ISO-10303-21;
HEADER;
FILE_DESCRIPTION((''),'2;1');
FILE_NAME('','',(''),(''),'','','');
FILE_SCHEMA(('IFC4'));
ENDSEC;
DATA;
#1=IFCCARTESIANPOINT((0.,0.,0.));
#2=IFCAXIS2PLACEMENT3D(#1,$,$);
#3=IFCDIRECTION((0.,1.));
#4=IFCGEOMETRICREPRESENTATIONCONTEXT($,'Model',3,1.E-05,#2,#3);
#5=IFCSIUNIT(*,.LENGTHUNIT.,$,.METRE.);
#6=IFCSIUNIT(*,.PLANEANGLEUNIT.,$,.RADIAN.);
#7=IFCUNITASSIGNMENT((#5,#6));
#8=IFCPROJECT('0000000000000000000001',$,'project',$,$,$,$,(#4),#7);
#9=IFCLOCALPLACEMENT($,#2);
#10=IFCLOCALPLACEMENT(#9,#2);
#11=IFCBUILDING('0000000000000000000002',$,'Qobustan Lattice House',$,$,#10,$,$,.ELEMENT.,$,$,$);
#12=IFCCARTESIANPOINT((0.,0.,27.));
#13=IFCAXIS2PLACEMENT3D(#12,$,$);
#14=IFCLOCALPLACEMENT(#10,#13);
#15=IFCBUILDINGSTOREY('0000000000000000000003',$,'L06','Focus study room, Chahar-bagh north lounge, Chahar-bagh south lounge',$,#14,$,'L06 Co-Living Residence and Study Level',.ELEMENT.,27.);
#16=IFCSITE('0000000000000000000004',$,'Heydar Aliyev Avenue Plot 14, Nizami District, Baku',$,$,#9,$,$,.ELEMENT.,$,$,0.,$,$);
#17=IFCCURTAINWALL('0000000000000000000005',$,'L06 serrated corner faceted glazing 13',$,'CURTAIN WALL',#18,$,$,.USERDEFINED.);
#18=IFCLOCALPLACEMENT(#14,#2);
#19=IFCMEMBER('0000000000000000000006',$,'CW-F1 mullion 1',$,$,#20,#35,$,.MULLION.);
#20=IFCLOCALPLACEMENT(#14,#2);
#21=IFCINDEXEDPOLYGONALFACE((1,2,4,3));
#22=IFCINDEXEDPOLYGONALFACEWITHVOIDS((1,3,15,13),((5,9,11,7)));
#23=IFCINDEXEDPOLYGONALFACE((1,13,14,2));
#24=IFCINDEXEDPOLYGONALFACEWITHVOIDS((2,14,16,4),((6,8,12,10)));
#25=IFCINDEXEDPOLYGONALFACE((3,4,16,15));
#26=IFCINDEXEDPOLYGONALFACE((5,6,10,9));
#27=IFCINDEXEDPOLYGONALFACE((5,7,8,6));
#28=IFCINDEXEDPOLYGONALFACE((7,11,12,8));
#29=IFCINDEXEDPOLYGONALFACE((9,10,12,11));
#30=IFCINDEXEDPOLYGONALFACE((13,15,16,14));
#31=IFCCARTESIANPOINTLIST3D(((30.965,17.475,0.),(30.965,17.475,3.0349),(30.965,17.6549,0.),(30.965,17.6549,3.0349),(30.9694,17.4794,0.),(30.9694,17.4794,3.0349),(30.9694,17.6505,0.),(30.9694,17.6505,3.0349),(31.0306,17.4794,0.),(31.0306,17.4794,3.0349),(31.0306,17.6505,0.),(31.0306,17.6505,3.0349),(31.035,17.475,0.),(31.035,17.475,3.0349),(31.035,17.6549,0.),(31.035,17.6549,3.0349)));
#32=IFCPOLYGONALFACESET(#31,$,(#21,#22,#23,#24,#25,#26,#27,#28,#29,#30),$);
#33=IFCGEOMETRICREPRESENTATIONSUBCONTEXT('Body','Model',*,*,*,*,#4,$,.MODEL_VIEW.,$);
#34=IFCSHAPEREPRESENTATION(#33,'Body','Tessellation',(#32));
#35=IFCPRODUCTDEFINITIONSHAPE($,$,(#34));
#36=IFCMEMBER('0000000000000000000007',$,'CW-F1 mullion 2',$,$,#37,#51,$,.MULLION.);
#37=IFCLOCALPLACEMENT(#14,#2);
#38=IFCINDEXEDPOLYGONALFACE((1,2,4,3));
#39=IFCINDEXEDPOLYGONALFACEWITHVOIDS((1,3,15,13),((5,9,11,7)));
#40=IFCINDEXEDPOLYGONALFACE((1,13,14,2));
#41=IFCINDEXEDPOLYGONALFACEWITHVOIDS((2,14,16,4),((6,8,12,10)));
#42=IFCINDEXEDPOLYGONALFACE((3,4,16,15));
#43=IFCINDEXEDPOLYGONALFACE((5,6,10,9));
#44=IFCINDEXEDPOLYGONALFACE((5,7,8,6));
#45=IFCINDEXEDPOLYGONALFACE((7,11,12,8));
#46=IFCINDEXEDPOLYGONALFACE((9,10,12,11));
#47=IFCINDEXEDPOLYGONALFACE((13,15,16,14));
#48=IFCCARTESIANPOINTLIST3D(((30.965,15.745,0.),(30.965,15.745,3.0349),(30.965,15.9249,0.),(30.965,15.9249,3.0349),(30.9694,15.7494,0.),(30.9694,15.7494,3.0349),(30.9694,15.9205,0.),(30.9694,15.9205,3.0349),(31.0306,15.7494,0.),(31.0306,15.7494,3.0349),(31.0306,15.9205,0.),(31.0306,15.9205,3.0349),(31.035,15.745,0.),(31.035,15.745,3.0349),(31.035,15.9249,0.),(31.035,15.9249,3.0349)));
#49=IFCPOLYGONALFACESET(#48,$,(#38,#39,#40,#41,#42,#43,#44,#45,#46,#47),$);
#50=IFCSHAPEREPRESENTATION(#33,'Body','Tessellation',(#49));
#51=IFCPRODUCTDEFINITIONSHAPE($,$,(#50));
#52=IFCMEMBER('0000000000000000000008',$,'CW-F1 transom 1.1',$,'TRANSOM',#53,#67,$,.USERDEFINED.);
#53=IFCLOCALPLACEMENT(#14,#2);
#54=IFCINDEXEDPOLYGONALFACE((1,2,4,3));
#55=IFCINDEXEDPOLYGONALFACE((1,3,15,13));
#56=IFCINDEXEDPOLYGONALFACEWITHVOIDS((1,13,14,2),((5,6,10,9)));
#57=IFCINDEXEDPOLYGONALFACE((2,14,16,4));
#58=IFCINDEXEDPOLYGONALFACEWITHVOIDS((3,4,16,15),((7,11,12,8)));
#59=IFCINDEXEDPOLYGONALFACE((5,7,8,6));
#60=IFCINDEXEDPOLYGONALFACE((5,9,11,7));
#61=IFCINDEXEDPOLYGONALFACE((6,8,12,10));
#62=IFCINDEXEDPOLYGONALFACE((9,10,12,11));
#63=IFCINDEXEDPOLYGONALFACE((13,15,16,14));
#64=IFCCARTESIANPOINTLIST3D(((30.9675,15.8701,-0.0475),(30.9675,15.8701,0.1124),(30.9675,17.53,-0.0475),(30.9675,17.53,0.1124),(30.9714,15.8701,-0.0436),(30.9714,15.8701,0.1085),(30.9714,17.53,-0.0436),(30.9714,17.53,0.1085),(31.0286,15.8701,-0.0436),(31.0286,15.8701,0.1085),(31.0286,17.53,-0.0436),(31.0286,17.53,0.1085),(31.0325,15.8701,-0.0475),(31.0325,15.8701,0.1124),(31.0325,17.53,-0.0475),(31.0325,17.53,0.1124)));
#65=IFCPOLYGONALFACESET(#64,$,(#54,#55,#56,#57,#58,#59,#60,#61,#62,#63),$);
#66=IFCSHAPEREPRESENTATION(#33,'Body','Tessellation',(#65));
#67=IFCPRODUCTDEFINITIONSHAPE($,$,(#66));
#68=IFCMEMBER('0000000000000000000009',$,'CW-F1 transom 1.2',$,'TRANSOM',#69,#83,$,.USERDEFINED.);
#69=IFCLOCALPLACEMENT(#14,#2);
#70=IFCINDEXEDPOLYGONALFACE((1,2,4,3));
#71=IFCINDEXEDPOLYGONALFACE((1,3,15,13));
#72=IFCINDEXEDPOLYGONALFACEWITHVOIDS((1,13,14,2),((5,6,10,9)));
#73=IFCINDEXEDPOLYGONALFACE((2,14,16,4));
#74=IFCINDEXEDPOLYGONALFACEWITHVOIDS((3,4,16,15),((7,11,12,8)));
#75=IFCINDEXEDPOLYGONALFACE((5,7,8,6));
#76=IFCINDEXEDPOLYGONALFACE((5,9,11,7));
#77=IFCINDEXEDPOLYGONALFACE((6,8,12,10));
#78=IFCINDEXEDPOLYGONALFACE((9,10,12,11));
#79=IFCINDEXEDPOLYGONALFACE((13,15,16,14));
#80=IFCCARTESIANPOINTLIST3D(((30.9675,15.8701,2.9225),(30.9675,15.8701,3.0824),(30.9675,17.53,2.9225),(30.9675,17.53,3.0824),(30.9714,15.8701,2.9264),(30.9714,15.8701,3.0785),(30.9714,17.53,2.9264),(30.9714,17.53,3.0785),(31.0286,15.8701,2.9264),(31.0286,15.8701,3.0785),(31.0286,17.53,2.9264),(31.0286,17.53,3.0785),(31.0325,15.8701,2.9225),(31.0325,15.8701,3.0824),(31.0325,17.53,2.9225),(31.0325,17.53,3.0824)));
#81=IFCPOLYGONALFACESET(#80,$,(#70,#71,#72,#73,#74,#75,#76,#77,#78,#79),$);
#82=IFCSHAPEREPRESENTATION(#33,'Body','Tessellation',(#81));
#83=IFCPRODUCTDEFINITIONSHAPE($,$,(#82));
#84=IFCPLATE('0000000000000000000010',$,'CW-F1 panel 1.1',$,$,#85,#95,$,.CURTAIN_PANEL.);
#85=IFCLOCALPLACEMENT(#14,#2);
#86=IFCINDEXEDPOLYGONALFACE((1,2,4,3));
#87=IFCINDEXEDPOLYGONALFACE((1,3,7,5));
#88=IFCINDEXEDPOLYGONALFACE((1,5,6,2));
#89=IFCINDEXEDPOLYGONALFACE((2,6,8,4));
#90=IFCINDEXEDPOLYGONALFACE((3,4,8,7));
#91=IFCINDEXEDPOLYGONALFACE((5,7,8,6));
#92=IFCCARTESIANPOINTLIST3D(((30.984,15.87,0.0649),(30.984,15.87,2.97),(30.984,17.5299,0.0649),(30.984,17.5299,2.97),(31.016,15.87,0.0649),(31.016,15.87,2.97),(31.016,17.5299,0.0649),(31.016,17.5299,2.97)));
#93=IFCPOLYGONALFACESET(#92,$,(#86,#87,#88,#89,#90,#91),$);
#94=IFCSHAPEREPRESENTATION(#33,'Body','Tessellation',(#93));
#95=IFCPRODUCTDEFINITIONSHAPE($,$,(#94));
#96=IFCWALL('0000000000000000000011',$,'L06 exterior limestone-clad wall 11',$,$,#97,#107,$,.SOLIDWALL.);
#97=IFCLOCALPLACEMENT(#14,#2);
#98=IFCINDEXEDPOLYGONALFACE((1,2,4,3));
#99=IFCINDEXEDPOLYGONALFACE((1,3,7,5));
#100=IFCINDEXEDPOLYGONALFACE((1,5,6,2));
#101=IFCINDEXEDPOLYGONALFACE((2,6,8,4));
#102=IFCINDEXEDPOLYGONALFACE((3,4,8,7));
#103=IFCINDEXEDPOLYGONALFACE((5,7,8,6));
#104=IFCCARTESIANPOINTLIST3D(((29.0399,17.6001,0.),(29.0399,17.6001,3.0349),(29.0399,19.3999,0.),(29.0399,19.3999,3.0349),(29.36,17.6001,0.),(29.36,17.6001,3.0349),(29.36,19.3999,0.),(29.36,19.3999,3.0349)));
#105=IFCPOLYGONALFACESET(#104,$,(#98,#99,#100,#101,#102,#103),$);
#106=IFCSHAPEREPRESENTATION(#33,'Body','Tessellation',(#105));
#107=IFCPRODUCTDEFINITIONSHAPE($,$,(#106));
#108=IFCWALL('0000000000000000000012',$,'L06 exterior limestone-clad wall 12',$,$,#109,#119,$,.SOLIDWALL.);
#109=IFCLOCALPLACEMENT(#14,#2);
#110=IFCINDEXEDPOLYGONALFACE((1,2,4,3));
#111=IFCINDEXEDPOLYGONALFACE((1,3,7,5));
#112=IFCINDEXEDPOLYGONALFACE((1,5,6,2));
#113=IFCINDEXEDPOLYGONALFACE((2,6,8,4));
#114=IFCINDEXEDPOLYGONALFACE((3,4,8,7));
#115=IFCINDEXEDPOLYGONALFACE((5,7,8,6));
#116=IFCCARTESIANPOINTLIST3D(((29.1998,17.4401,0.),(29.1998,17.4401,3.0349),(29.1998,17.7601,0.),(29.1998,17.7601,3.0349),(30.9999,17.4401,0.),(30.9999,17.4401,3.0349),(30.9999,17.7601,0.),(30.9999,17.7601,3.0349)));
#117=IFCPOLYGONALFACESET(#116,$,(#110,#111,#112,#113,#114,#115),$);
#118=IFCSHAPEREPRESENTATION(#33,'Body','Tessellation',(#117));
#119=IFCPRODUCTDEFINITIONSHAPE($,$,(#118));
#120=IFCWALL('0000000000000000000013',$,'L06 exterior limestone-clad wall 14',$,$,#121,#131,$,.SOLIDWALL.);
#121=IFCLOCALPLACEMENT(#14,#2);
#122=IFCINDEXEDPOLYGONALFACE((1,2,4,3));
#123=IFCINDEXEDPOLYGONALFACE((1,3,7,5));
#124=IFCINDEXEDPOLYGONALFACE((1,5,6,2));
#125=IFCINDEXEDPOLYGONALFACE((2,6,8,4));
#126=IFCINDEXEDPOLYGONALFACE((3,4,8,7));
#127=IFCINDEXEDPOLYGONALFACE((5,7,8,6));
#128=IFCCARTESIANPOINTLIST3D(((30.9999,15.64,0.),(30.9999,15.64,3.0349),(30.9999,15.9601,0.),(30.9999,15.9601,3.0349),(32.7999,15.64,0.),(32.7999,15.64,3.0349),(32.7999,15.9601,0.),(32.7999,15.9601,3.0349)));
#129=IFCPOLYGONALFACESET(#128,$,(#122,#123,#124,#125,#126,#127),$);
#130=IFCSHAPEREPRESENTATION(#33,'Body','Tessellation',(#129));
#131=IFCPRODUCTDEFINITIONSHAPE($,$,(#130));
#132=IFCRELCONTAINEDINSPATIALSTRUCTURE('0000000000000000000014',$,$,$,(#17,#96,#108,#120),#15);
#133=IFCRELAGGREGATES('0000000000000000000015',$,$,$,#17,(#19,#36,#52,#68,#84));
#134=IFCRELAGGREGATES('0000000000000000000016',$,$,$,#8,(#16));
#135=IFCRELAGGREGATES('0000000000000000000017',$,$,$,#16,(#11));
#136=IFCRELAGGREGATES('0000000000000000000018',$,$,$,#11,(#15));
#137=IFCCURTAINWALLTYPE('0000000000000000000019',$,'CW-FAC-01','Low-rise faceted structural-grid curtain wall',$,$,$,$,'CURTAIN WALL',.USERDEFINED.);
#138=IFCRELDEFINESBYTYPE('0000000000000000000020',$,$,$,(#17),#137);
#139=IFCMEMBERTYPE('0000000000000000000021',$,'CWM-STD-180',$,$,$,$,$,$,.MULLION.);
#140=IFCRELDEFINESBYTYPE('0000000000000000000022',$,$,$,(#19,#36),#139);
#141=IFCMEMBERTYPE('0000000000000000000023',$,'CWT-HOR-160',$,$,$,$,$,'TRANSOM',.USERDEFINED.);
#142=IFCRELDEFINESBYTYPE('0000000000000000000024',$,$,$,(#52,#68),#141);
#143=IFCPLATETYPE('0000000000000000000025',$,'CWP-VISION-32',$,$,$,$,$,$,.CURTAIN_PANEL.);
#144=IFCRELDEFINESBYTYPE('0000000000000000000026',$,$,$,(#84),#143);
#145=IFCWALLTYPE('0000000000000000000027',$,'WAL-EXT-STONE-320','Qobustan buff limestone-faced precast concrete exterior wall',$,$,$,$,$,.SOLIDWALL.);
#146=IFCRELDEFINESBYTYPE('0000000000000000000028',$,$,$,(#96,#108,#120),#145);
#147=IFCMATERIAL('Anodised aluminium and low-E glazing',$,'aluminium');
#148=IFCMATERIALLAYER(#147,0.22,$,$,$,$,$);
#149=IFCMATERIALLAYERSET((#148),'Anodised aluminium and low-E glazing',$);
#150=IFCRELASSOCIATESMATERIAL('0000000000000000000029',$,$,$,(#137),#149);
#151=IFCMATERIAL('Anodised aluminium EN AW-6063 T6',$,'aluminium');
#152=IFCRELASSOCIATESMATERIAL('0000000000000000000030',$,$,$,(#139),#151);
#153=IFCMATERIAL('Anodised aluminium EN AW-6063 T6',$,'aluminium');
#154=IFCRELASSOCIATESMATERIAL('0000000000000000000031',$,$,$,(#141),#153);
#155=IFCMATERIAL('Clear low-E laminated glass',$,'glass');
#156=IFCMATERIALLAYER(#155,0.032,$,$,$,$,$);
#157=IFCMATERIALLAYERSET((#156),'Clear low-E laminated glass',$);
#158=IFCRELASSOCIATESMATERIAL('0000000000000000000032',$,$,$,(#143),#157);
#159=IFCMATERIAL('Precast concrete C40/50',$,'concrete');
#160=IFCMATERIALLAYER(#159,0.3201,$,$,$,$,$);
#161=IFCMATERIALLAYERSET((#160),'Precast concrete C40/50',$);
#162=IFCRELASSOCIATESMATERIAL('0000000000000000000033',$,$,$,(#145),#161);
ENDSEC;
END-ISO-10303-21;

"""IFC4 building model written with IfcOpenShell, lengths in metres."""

from ifc_helpers import new_model, si_unit, direction, frame, frame_2d, origin, origin_2d, place, context, subcontext, project, spatial, rectangle, hollow_rectangle, extrude, material, layer, layer_set, material_profile, profile_set, type_object, element, aggregate, save


model = new_model("IFC4")

# Units and contexts
model_context = context("Model", 3, precision=1e-05, world=origin(), true_north=direction((0.0, 1.0)))
body_context = subcontext(model_context, "Body", "Model", "MODEL_VIEW")
ifc_project = project(units=[si_unit("LENGTHUNIT", "METRE"), si_unit("PLANEANGLEUNIT", "RADIAN")], contexts=[model_context])

# Site, building, storey
site_placement = place(None, origin())
site = spatial("IfcSite", under=ifc_project, at=site_placement, Name="Heydar Aliyev Avenue Plot 14, Nizami District, Baku", CompositionType="ELEMENT", RefElevation=0.0)
building_placement = place(site_placement, origin())
building = spatial("IfcBuilding", under=site, at=building_placement, Name="Qobustan Lattice House", CompositionType="ELEMENT")
storey_placement = place(building_placement, frame((0.0, 0.0, 27.0)))
storey = spatial("IfcBuildingStorey", under=building, at=storey_placement, Name="L06", Description="Focus study room, Chahar-bagh north lounge, Chahar-bagh south lounge", LongName="L06 Co-Living Residence and Study Level", CompositionType="ELEMENT", Elevation=27.0)

# Curtain wall, members, plate
ifc_material_1 = material(Name="Anodised aluminium and low-E glazing", Category="aluminium")
ifc_layer_1 = layer(ifc_material_1, 0.22)
ifc_layer_set_1 = layer_set([ifc_layer_1], Name="Anodised aluminium and low-E glazing")
curtain_wall_type = type_object("IfcCurtainWallType", Name="CW-FAC-01", Description="Low-rise faceted structural-grid curtain wall", ElementType="CURTAIN WALL", PredefinedType="USERDEFINED", material=ifc_layer_set_1)
curtain_wall_placement = place(storey_placement, origin())
curtain_wall = element("IfcCurtainWall", 1, at=curtain_wall_placement, inside=storey, type_object=curtain_wall_type, Name="L06 serrated corner faceted glazing 13", ObjectType="CURTAIN WALL", PredefinedType="USERDEFINED")
ifc_material_2 = material(Name="Anodised aluminium EN AW-6063 T6", Category="aluminium")
ifc_material_profile_1 = material_profile(ifc_material_2, hollow_rectangle(XDim=0.0701, YDim=0.1799, WallThickness=0.0044, at=origin_2d()), Name="CWM-180x70")
ifc_profile_set_1 = profile_set([ifc_material_profile_1], Name="Anodised aluminium EN AW-6063 T6")
member_type_1 = type_object("IfcMemberType", Name="CWM-STD-180", PredefinedType="MULLION", material=ifc_profile_set_1)
member_1_placement = place(storey_placement, frame((31.0, 17.5649, 0.0), z_axis=(0.0, 0.0, 1.0), x_axis=(1.0, 0.0, 0.0)))
member_1 = element("IfcMember", 2, at=member_1_placement, type_object=member_type_1, Name="CW-F1 mullion 1", PredefinedType="MULLION", context=body_context, shape_type="SweptSolid", body=[
    extrude(hollow_rectangle(XDim=0.0701, YDim=0.1799, WallThickness=0.0044, at=origin_2d()), origin(), (0.0, 0.0, 1.0), 3.0349),
])
member_2_placement = place(storey_placement, frame((31.0, 15.835, 0.0), z_axis=(0.0, 0.0, 1.0), x_axis=(1.0, 0.0, 0.0)))
member_2 = element("IfcMember", 3, at=member_2_placement, type_object=member_type_1, Name="CW-F1 mullion 2", PredefinedType="MULLION", context=body_context, shape_type="SweptSolid", body=[
    extrude(hollow_rectangle(XDim=0.0701, YDim=0.1799, WallThickness=0.0044, at=origin_2d()), origin(), (0.0, 0.0, 1.0), 3.0349),
])
ifc_material_3 = material(Name="Anodised aluminium EN AW-6063 T6", Category="aluminium")
ifc_material_profile_2 = material_profile(ifc_material_3, hollow_rectangle(XDim=0.0649, YDim=0.1599, WallThickness=0.0039, at=origin_2d()), Name="CWT-160x65")
ifc_profile_set_2 = profile_set([ifc_material_profile_2], Name="Anodised aluminium EN AW-6063 T6")
member_type_2 = type_object("IfcMemberType", Name="CWT-HOR-160", ElementType="TRANSOM", PredefinedType="USERDEFINED", material=ifc_profile_set_2)
member_3_placement = place(storey_placement, frame((31.0, 17.53, 0.0325), z_axis=(0.0, -1.0, 0.0), x_axis=(1.0, 0.0, 0.0)))
member_3 = element("IfcMember", 4, at=member_3_placement, type_object=member_type_2, Name="CW-F1 transom 1.1", ObjectType="TRANSOM", PredefinedType="USERDEFINED", context=body_context, shape_type="SweptSolid", body=[
    extrude(hollow_rectangle(XDim=0.0649, YDim=0.1599, WallThickness=0.0039, at=origin_2d()), origin(), (0.0, 0.0, 1.0), 1.6599),
])
member_4_placement = place(storey_placement, frame((31.0, 17.53, 3.0024), z_axis=(0.0, -1.0, 0.0), x_axis=(1.0, 0.0, 0.0)))
member_4 = element("IfcMember", 5, at=member_4_placement, type_object=member_type_2, Name="CW-F1 transom 1.2", ObjectType="TRANSOM", PredefinedType="USERDEFINED", context=body_context, shape_type="SweptSolid", body=[
    extrude(hollow_rectangle(XDim=0.0649, YDim=0.1599, WallThickness=0.0039, at=origin_2d()), origin(), (0.0, 0.0, 1.0), 1.6599),
])
ifc_material_4 = material(Name="Clear low-E laminated glass", Category="glass")
ifc_layer_2 = layer(ifc_material_4, 0.032)
ifc_layer_set_2 = layer_set([ifc_layer_2], Name="Clear low-E laminated glass")
plate_type = type_object("IfcPlateType", Name="CWP-VISION-32", PredefinedType="CURTAIN_PANEL", material=ifc_layer_set_2)
plate_placement = place(storey_placement, frame((31.0, 16.7, 0.0649), z_axis=(0.0, 0.0, 1.0), x_axis=(0.0, -1.0, 0.0)))
plate = element("IfcPlate", 6, at=plate_placement, type_object=plate_type, Name="CW-F1 panel 1.1", PredefinedType="CURTAIN_PANEL", context=body_context, shape_type="SweptSolid", body=[
    extrude(rectangle(XDim=1.6599, YDim=0.032, at=origin_2d()), origin(), (0.0, 0.0, 1.0), 2.905),
])
aggregate(curtain_wall, [member_1, member_2, member_3, member_4, plate])

# Walls
ifc_material_5 = material(Name="Precast concrete C40/50", Category="concrete")
ifc_layer_3 = layer(ifc_material_5, 0.3201)
ifc_layer_set_3 = layer_set([ifc_layer_3], Name="Precast concrete C40/50")
wall_type = type_object("IfcWallType", Name="WAL-EXT-STONE-320", Description="Qobustan buff limestone-faced precast concrete exterior wall", PredefinedType="SOLIDWALL", material=ifc_layer_set_3)
wall_1_placement = place(storey_placement, frame((29.2, 19.3999, 0.0), z_axis=(0.0, 0.0, 1.0), x_axis=(0.0, -1.0, 0.0)))
element("IfcWall", 7, at=wall_1_placement, inside=storey, type_object=wall_type, Name="L06 exterior limestone-clad wall 11", PredefinedType="SOLIDWALL", context=body_context, shape_type="SweptSolid", body=[
    extrude(rectangle(XDim=1.7998, YDim=0.3201, at=frame_2d((0.8999, 0.0))), origin(), (0.0, 0.0, 1.0), 3.0349),
])
for number, where, z_axis, x_axis, name in (
    (8, (29.2, 17.6001, 0.0), (0.0, 0.0, 1.0), (1.0, 0.0, 0.0), "L06 exterior limestone-clad wall 12"),
    (9, (31.0, 15.8, 0.0), (0.0, 0.0, 1.0), (1.0, 0.0, 0.0), "L06 exterior limestone-clad wall 14"),
):
    element("IfcWall", number, at=place(storey_placement, frame(where, z_axis=z_axis, x_axis=x_axis)), inside=storey, type_object=wall_type, Name=name, PredefinedType="SOLIDWALL", context=body_context, shape_type="SweptSolid", body=[
        extrude(rectangle(XDim=1.8, YDim=0.3201, at=frame_2d((0.8999, 0.0))), origin(), (0.0, 0.0, 1.0), 3.0349),
    ])

save(model, "model.ifc")
